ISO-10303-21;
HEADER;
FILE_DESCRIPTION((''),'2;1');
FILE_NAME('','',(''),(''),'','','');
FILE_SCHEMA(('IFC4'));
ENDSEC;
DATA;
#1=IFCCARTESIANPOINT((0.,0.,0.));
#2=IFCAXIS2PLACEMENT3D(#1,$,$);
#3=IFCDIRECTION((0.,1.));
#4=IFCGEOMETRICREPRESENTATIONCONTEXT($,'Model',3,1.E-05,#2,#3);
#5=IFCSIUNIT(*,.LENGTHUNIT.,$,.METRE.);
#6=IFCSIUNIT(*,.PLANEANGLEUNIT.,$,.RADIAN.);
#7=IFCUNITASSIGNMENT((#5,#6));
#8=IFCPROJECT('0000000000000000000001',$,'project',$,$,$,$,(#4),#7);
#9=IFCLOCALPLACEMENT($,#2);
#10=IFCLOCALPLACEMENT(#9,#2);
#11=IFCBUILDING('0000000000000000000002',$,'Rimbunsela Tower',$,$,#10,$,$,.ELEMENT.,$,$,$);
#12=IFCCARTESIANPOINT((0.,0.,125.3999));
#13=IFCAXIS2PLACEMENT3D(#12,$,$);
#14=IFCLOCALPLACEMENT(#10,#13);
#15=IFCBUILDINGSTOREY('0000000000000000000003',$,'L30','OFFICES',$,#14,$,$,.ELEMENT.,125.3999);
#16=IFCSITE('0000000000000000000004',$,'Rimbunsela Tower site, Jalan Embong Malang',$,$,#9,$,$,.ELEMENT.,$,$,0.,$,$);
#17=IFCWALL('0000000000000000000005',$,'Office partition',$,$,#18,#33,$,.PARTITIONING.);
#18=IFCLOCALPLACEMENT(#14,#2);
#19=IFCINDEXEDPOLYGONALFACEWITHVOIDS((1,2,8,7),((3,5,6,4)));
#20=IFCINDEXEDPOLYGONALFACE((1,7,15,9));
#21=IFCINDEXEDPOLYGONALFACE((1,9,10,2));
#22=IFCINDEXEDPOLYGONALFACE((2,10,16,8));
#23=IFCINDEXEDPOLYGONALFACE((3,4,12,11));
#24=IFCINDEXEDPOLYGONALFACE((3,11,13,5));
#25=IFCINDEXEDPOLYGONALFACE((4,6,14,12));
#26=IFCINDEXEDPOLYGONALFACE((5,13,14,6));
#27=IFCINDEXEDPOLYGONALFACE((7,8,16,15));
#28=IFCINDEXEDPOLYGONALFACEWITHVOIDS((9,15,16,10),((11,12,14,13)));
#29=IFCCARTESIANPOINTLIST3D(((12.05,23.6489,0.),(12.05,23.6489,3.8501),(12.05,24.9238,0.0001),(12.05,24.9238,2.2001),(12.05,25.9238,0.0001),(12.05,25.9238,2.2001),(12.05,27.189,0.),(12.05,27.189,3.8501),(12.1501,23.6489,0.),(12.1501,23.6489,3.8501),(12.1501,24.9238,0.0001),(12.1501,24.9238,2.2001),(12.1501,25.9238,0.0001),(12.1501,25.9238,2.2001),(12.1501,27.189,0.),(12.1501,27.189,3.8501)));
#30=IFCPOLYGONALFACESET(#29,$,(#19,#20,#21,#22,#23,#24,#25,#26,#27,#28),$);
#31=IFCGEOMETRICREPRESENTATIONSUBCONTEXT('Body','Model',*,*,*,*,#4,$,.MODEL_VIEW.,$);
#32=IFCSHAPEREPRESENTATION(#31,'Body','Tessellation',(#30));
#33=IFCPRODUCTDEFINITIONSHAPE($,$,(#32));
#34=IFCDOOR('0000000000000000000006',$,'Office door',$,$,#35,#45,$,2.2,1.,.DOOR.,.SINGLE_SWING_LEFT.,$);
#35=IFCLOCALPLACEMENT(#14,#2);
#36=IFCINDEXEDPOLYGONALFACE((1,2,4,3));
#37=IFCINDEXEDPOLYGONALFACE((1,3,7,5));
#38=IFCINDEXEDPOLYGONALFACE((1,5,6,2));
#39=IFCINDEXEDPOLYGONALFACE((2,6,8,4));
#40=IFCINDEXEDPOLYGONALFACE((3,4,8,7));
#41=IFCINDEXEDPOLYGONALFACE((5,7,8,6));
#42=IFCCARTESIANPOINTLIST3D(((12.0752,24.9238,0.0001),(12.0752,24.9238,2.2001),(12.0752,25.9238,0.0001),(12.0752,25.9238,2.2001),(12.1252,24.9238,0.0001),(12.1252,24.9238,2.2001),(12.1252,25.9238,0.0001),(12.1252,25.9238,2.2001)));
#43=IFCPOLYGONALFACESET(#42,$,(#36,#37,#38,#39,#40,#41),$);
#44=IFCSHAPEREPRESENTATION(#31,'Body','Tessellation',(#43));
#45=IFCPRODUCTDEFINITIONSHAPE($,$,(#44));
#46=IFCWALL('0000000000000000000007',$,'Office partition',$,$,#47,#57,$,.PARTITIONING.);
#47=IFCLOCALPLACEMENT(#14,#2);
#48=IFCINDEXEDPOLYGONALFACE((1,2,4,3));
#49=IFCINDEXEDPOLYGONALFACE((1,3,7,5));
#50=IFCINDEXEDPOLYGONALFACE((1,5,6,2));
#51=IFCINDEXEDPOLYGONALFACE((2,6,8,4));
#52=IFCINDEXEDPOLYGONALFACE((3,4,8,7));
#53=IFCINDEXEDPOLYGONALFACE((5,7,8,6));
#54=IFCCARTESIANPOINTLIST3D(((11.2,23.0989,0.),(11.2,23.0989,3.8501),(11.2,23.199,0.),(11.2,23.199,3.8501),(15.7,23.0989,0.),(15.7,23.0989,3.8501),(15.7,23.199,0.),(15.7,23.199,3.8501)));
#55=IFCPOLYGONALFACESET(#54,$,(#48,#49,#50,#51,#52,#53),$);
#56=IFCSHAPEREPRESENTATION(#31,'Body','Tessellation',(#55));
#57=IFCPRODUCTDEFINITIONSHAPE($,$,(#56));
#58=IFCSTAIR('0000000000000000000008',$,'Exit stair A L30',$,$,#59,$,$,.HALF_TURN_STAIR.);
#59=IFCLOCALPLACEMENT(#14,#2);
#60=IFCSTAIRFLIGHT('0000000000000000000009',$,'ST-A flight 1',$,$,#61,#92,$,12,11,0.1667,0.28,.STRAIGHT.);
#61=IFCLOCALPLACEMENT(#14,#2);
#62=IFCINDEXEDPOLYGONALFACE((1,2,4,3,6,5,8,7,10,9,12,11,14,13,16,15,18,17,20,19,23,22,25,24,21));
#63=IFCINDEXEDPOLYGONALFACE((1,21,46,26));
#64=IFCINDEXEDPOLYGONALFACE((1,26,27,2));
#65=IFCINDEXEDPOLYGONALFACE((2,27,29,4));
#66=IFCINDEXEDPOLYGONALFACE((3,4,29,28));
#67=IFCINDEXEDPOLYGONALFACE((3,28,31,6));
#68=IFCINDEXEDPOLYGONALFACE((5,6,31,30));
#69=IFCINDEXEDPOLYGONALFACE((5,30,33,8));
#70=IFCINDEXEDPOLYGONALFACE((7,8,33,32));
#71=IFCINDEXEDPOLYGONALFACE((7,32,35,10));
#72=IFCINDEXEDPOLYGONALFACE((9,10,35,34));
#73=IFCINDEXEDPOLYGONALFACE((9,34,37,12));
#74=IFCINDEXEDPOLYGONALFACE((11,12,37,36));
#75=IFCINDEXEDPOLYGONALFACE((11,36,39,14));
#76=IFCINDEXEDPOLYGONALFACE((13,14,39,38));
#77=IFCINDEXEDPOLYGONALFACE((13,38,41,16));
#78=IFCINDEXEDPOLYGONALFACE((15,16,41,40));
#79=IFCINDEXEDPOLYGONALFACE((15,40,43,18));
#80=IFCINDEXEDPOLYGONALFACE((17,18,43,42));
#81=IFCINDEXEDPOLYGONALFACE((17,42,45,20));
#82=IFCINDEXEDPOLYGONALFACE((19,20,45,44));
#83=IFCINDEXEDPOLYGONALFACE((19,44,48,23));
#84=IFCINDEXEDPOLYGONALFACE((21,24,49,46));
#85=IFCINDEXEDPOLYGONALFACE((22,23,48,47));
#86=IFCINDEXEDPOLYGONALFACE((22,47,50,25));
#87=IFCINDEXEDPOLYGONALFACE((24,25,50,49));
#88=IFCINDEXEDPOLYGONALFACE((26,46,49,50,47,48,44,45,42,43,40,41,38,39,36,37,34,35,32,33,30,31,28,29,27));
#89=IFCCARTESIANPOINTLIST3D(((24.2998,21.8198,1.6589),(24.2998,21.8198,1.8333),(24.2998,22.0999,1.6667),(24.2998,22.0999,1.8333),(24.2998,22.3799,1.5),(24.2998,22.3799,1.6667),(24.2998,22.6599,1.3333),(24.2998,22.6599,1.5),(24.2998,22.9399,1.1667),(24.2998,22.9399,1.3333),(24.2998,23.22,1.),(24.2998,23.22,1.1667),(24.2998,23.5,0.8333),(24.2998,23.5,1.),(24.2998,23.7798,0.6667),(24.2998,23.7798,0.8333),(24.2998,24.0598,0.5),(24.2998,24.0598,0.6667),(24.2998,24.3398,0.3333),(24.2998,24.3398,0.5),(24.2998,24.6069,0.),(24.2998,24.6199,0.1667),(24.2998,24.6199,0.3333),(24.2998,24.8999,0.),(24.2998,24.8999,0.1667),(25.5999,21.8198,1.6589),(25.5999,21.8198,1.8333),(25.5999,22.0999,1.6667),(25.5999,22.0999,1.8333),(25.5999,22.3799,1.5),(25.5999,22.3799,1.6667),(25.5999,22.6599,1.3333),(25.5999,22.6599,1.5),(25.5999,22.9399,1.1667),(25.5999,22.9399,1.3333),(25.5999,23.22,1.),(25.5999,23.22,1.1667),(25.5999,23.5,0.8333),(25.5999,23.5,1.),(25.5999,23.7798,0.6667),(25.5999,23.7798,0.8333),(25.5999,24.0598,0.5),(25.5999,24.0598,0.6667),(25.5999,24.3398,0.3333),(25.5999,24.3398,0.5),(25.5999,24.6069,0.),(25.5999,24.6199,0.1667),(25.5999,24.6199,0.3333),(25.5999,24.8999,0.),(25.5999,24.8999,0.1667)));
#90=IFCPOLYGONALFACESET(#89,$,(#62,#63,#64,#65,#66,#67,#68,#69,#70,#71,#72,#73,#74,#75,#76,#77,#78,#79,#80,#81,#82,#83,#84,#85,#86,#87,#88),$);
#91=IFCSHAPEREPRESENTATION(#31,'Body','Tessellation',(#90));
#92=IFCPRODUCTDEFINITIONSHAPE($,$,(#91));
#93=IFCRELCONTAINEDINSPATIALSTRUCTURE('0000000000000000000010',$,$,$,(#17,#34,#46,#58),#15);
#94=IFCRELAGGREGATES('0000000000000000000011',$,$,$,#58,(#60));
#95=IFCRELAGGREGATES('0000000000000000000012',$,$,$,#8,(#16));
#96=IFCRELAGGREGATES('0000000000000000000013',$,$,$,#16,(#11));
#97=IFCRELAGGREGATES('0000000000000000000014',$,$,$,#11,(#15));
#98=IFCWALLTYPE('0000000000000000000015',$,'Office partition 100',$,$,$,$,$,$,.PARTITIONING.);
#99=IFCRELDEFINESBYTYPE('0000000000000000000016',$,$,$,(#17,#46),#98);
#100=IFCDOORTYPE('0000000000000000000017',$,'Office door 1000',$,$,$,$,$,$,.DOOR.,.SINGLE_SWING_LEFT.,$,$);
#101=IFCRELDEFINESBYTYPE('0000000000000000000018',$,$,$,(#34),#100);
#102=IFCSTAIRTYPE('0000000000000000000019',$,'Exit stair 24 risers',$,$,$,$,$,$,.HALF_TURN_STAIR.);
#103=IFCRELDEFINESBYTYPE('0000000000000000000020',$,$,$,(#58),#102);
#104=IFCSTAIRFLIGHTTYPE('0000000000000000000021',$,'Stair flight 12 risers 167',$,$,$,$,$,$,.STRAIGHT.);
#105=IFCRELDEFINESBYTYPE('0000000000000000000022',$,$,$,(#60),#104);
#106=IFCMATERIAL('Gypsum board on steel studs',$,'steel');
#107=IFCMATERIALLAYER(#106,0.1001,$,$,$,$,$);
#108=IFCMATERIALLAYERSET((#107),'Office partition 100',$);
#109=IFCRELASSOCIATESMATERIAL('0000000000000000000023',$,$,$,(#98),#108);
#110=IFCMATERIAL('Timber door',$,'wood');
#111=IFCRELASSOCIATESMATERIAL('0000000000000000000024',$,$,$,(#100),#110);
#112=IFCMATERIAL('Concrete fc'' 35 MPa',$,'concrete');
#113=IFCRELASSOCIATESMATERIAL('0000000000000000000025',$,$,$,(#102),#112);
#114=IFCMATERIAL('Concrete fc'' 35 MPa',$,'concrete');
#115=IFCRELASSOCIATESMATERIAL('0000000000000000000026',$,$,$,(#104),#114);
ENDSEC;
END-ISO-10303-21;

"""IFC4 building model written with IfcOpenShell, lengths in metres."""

from ifc_helpers import new_model, si_unit, direction, frame, frame_2d, origin, place, context, subcontext, project, spatial, polyline, rectangle, outline, extrude, material, layer, layer_set, type_object, element, fill, aggregate, save


model = new_model("IFC4")

# Units and contexts
model_context = context("Model", 3, precision=1e-05, world=origin(), true_north=direction((0.0, 1.0)))
body_context = subcontext(model_context, "Body", "Model", "MODEL_VIEW")
ifc_project = project(units=[si_unit("LENGTHUNIT", "METRE"), si_unit("PLANEANGLEUNIT", "RADIAN")], contexts=[model_context])

# Site, building, storey
site_placement = place(None, origin())
site = spatial("IfcSite", under=ifc_project, at=site_placement, Name="Rimbunsela Tower site, Jalan Embong Malang", CompositionType="ELEMENT", RefElevation=0.0)
building_placement = place(site_placement, origin())
building = spatial("IfcBuilding", under=site, at=building_placement, Name="Rimbunsela Tower", CompositionType="ELEMENT")
storey_placement = place(building_placement, frame((0.0, 0.0, 125.3999)))
storey = spatial("IfcBuildingStorey", under=building, at=storey_placement, Name="L30", Description="OFFICES", CompositionType="ELEMENT", Elevation=125.3999)

# Wall, opening, door
ifc_material_1 = material(Name="Gypsum board on steel studs", Category="steel")
ifc_layer_1 = layer(ifc_material_1, 0.1001)
ifc_layer_set_1 = layer_set([ifc_layer_1], Name="Office partition 100")
wall_type_1 = type_object("IfcWallType", Name="Office partition 100", PredefinedType="PARTITIONING", material=ifc_layer_set_1)
wall_1_placement = place(storey_placement, frame((12.1001, 23.6489, 0.0), z_axis=(0.0, 0.0, 1.0), x_axis=(0.0, 1.0, 0.0)))
wall_1 = element("IfcWall", 1, at=wall_1_placement, inside=storey, type_object=wall_type_1, Name="Office partition", PredefinedType="PARTITIONING", context=body_context, shape_type="SweptSolid", body=[
    extrude(rectangle(XDim=3.54, YDim=0.1001, at=frame_2d((1.77, 0.0))), origin(), (0.0, 0.0, 1.0), 3.8501),
])
opening_1_placement = place(wall_1_placement, frame((1.2749, 0.0, 0.0)))
opening_1 = element("IfcOpeningElement", 2, at=opening_1_placement, cuts=wall_1, PredefinedType="OPENING", context=body_context, shape_type="SweptSolid", body=[
    extrude(rectangle(XDim=1.0, YDim=2.2, at=frame_2d((0.5, 1.1001))), frame((0.0, 0.0601, 0.0), z_axis=(0.0, -1.0, 0.0), x_axis=(1.0, 0.0, 0.0)), (0.0, 0.0, 1.0), 0.1201),
])
ifc_material_2 = material(Name="Timber door", Category="wood")
door_type_1 = type_object("IfcDoorType", Name="Office door 1000", OperationType="SINGLE_SWING_LEFT", PredefinedType="DOOR", material=ifc_material_2)
door_1_placement = place(opening_1_placement, origin())
door_1 = element("IfcDoor", 3, at=door_1_placement, inside=storey, type_object=door_type_1, Name="Office door", OperationType="SINGLE_SWING_LEFT", OverallHeight=2.2, OverallWidth=1.0, PredefinedType="DOOR", context=body_context, shape_type="SweptSolid", body=[
    extrude(rectangle(XDim=1.0, YDim=2.2, at=frame_2d((0.5, 1.1001))), frame((0.0, 0.0249, 0.0), z_axis=(0.0, -1.0, 0.0), x_axis=(1.0, 0.0, 0.0)), (0.0, 0.0, 1.0), 0.05),
])
fill(opening_1, door_1)

# Wall
wall_2_placement = place(storey_placement, frame((15.7, 23.1489, 0.0), z_axis=(0.0, 0.0, 1.0), x_axis=(-1.0, 0.0, 0.0)))
element("IfcWall", 4, at=wall_2_placement, inside=storey, type_object=wall_type_1, Name="Office partition", PredefinedType="PARTITIONING", context=body_context, shape_type="SweptSolid", body=[
    extrude(rectangle(XDim=4.5, YDim=0.1001, at=frame_2d((2.25, 0.0))), origin(), (0.0, 0.0, 1.0), 3.8501),
])

# Stair, stair flight
ifc_material_3 = material(Name="Concrete fc' 35 MPa", Category="concrete")
stair_type = type_object("IfcStairType", Name="Exit stair 24 risers", PredefinedType="HALF_TURN_STAIR", material=ifc_material_3)
stair_placement = place(storey_placement, origin())
stair = element("IfcStair", 5, at=stair_placement, inside=storey, type_object=stair_type, Name="Exit stair A L30", PredefinedType="HALF_TURN_STAIR")
ifc_material_4 = material(Name="Concrete fc' 35 MPa", Category="concrete")
stair_flight_type = type_object("IfcStairFlightType", Name="Stair flight 12 risers 167", PredefinedType="STRAIGHT", material=ifc_material_4)
stair_flight_placement = place(storey_placement, frame((24.95, 24.8999, 0.0), z_axis=(0.0, 0.0, 1.0), x_axis=(0.0, -1.0, 0.0)))
stair_flight = element("IfcStairFlight", 6, at=stair_flight_placement, type_object=stair_flight_type, Name="ST-A flight 1", NumberOfRisers=12, NumberOfTreads=11, PredefinedType="STRAIGHT", RiserHeight=0.1667, TreadLength=0.28, context=body_context, shape_type="SweptSolid", body=[
    extrude(outline(polyline([(0.0, 0.0), (0.0, 0.1667), (0.28, 0.1667), (0.28, 0.3333), (0.5601, 0.3333), (0.5601, 0.5), (0.8401, 0.5), (0.8401, 0.6667), (1.1201, 0.6667), (1.1201, 0.8333), (1.3999, 0.8333), (1.3999, 1.0), (1.6799, 1.0), (1.6799, 1.1667), (1.96, 1.1667), (1.96, 1.3333), (2.24, 1.3333), (2.24, 1.5), (2.52, 1.5), (2.52, 1.6667), (2.8, 1.6667), (2.8, 1.8333), (3.0801, 1.8333), (3.0801, 2.0), (3.0801, 1.6589), (0.293, 0.0), (0.0, 0.0)])), frame((0.0, 0.6499, 0.0), z_axis=(0.0, -1.0, 0.0), x_axis=(1.0, 0.0, 0.0)), (0.0, 0.0, 1.0), 1.3),
])
aggregate(stair, [stair_flight])

save(model, "model.ifc")
